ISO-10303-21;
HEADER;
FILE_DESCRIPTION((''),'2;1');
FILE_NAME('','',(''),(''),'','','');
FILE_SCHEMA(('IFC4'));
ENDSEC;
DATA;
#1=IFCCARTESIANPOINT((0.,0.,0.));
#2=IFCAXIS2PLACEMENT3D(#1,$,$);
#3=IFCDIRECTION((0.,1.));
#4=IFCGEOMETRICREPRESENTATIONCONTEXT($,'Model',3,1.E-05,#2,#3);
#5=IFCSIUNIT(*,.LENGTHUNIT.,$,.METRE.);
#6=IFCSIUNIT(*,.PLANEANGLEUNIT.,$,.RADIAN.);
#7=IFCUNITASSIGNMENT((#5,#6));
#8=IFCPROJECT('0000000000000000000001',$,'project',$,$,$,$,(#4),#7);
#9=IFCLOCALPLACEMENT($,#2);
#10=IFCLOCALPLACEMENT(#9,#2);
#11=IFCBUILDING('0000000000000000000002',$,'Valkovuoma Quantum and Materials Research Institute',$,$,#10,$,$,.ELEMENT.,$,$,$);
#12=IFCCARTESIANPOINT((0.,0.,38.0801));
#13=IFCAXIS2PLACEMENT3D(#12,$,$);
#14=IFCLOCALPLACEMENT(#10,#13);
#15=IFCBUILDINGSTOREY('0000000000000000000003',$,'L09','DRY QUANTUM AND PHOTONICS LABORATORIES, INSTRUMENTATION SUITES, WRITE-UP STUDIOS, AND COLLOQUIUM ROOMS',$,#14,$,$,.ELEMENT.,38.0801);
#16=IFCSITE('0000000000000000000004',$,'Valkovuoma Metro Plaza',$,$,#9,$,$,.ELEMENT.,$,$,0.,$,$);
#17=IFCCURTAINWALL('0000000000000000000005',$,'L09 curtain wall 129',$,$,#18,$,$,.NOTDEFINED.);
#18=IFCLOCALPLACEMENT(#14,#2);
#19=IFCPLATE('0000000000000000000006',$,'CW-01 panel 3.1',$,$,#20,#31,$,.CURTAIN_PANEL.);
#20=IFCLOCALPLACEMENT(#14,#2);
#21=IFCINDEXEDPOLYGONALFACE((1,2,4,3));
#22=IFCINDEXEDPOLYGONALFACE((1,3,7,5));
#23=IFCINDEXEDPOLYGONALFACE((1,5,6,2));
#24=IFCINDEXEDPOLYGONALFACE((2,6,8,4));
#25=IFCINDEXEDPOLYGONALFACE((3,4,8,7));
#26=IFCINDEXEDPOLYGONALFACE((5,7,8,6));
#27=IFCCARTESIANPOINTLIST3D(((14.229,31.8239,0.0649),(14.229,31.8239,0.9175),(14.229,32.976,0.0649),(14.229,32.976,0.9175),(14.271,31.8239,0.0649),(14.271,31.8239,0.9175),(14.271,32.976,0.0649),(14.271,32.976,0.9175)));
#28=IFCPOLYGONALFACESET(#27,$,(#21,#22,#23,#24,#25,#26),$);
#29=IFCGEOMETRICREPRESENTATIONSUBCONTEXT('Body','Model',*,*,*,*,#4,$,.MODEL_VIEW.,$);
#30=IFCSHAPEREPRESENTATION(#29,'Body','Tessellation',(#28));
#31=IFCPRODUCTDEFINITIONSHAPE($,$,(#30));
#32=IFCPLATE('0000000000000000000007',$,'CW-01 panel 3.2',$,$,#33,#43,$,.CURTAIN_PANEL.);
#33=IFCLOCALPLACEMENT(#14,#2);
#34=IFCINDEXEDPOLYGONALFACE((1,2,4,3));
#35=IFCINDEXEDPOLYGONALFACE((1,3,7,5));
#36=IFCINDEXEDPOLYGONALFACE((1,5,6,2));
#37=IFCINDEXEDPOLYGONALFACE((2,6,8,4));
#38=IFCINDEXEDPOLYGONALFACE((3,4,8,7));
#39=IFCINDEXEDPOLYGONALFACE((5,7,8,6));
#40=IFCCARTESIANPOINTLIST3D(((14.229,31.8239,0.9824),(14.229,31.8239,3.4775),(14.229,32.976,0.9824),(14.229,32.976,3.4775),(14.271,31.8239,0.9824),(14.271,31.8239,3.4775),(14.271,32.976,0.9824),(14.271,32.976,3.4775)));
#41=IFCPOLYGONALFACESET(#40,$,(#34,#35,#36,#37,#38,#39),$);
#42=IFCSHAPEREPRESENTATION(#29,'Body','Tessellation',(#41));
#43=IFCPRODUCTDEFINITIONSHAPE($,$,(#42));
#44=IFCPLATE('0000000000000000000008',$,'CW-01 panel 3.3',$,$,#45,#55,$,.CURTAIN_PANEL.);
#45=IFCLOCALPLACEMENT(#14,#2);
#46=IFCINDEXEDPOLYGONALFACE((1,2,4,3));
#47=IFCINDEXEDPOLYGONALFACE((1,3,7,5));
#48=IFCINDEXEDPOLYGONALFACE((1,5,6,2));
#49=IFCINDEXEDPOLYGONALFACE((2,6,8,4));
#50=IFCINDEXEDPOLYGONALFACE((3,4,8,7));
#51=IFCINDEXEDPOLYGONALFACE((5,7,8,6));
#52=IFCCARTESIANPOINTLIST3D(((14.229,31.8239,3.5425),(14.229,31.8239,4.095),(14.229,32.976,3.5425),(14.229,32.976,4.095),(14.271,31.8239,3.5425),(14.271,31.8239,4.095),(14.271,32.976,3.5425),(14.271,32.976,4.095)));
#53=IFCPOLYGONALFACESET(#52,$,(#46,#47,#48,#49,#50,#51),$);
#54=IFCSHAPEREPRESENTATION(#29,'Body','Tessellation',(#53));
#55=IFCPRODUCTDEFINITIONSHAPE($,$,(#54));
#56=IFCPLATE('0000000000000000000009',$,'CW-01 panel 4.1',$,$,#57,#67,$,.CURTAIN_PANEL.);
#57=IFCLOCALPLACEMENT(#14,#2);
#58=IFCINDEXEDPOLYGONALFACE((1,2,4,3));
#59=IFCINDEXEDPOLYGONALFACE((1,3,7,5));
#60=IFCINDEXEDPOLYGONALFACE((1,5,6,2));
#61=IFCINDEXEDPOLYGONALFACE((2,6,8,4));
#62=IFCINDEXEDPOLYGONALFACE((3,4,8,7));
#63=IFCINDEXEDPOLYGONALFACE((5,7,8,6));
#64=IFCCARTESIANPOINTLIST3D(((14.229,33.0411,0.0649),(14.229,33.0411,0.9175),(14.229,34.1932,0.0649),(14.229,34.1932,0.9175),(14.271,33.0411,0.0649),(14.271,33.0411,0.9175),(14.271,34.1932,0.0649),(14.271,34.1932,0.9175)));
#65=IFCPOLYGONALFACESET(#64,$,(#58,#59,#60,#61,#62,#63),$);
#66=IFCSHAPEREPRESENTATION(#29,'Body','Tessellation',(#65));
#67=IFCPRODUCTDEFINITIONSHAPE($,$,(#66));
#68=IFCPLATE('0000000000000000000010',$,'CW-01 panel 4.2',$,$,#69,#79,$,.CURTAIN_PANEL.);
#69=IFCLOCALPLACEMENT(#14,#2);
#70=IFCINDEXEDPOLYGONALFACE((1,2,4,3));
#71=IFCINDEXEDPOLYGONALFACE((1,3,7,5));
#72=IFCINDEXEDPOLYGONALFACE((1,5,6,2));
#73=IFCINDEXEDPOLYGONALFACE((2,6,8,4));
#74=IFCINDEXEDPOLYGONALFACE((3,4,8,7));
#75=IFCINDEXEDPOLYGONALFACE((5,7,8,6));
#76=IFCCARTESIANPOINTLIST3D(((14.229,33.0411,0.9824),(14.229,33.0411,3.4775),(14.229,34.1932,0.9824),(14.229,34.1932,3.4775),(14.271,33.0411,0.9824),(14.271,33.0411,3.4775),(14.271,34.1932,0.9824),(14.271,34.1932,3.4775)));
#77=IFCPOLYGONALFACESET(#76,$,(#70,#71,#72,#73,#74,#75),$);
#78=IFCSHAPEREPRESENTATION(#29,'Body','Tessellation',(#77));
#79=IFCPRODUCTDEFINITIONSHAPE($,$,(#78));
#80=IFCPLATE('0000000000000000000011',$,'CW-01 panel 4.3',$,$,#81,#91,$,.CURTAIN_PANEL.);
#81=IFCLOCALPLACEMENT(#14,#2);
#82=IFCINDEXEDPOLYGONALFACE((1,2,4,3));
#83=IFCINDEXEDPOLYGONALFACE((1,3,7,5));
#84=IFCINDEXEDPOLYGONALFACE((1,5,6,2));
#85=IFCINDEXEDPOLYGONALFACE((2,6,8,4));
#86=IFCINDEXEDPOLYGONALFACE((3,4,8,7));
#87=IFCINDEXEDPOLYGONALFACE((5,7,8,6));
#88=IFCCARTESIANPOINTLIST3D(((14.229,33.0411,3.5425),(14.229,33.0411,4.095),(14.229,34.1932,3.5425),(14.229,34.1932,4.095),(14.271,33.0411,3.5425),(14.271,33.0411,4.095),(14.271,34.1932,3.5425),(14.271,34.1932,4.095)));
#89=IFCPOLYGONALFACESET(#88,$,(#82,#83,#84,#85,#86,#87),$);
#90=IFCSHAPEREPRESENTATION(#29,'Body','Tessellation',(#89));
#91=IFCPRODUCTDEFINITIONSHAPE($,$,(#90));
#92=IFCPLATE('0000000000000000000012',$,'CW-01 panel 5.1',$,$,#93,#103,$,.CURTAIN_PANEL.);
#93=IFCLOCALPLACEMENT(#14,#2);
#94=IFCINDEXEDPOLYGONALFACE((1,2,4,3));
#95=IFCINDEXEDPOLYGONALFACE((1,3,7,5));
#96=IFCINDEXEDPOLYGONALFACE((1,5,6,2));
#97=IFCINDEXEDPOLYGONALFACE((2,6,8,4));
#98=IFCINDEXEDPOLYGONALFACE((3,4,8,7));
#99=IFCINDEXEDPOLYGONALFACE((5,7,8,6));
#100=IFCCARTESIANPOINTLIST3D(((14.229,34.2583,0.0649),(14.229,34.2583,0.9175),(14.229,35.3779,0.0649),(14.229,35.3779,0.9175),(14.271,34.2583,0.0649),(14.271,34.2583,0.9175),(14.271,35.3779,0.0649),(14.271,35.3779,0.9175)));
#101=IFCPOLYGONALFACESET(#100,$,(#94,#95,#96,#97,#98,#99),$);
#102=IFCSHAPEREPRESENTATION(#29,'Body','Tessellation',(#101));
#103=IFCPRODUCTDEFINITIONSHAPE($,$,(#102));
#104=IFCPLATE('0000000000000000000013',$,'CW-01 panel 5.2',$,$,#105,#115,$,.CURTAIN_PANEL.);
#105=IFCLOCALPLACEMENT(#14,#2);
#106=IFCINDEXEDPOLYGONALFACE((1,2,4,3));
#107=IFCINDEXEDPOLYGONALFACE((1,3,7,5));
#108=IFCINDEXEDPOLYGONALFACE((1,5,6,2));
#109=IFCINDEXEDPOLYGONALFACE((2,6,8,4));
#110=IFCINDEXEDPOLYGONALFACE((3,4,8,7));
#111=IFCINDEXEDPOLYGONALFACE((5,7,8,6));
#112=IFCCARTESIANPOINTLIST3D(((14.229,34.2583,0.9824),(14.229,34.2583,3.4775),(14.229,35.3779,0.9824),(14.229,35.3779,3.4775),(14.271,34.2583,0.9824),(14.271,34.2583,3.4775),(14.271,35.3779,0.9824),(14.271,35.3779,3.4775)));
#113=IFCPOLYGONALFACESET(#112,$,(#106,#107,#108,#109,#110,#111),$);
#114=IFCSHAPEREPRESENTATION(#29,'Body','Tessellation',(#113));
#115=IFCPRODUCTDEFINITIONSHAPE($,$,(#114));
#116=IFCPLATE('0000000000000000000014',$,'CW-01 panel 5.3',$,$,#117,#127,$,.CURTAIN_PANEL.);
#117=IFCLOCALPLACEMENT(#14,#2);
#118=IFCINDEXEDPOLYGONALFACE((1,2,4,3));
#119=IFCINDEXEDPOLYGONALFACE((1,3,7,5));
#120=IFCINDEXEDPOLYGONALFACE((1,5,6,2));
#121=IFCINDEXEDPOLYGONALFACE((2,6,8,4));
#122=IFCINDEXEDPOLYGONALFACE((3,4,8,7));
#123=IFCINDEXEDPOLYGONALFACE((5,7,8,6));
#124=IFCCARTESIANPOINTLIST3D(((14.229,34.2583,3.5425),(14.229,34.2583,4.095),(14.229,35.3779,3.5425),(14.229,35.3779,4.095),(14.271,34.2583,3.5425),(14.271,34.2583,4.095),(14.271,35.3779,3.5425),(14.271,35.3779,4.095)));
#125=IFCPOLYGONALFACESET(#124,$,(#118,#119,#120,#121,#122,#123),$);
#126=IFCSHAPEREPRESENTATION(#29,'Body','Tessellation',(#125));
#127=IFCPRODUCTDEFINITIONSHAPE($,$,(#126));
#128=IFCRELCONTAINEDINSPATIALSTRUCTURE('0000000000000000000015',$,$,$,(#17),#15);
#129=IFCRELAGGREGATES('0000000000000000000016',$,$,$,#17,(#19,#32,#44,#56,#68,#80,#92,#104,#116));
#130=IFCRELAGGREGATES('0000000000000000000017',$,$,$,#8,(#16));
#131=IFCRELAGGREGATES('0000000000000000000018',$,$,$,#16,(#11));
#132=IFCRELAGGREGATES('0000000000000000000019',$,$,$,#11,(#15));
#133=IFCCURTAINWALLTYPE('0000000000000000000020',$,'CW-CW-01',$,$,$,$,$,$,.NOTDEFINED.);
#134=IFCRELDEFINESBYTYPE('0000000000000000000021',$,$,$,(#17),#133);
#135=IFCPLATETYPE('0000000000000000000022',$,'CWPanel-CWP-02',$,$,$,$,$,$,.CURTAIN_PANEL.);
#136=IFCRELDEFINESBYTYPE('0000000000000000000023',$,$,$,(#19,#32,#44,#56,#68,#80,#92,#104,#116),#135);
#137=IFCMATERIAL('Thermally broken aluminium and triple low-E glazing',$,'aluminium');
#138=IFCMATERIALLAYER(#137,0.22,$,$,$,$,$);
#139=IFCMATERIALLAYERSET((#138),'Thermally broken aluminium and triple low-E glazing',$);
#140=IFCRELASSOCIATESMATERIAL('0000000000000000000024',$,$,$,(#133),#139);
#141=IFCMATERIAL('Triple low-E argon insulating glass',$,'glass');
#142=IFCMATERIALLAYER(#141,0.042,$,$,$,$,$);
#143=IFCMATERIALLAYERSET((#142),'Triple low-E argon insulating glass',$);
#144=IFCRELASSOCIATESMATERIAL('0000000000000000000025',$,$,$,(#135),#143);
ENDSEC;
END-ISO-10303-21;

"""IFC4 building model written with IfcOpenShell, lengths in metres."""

from ifc_helpers import new_model, si_unit, direction, frame, origin, origin_2d, place, context, subcontext, project, spatial, rectangle, extrude, material, layer, layer_set, type_object, element, aggregate, save


model = new_model("IFC4")

# Units and contexts
model_context = context("Model", 3, precision=1e-05, world=origin(), true_north=direction((0.0, 1.0)))
body_context = subcontext(model_context, "Body", "Model", "MODEL_VIEW")
ifc_project = project(units=[si_unit("LENGTHUNIT", "METRE"), si_unit("PLANEANGLEUNIT", "RADIAN")], contexts=[model_context])

# Site, building, storey
site_placement = place(None, origin())
site = spatial("IfcSite", under=ifc_project, at=site_placement, Name="Valkovuoma Metro Plaza", CompositionType="ELEMENT", RefElevation=0.0)
building_placement = place(site_placement, origin())
building = spatial("IfcBuilding", under=site, at=building_placement, Name="Valkovuoma Quantum and Materials Research Institute", CompositionType="ELEMENT")
storey_placement = place(building_placement, frame((0.0, 0.0, 38.0801)))
storey = spatial("IfcBuildingStorey", under=building, at=storey_placement, Name="L09", Description="DRY QUANTUM AND PHOTONICS LABORATORIES, INSTRUMENTATION SUITES, WRITE-UP STUDIOS, AND COLLOQUIUM ROOMS", CompositionType="ELEMENT", Elevation=38.0801)

# Curtain wall
ifc_material_1 = material(Name="Thermally broken aluminium and triple low-E glazing", Category="aluminium")
ifc_layer_1 = layer(ifc_material_1, 0.22)
ifc_layer_set_1 = layer_set([ifc_layer_1], Name="Thermally broken aluminium and triple low-E glazing")
curtain_wall_type = type_object("IfcCurtainWallType", Name="CW-CW-01", PredefinedType="NOTDEFINED", material=ifc_layer_set_1)
curtain_wall_1_placement = place(storey_placement, origin())
curtain_wall_1 = element("IfcCurtainWall", 1, at=curtain_wall_1_placement, inside=storey, type_object=curtain_wall_type, Name="L09 curtain wall 129", PredefinedType="NOTDEFINED")

# Plates
ifc_material_2 = material(Name="Triple low-E argon insulating glass", Category="glass")
ifc_layer_2 = layer(ifc_material_2, 0.042)
ifc_layer_set_2 = layer_set([ifc_layer_2], Name="Triple low-E argon insulating glass")
plate_type = type_object("IfcPlateType", Name="CWPanel-CWP-02", PredefinedType="CURTAIN_PANEL", material=ifc_layer_set_2)
plate_1_placement = place(storey_placement, frame((14.25, 32.3999, 0.0649), z_axis=(0.0, 0.0, 1.0), x_axis=(0.0, 1.0, 0.0)))
plate_1 = element("IfcPlate", 2, at=plate_1_placement, type_object=plate_type, Name="CW-01 panel 3.1", PredefinedType="CURTAIN_PANEL", context=body_context, shape_type="SweptSolid", body=[
    extrude(rectangle(XDim=1.1521, YDim=0.042, at=origin_2d()), origin(), (0.0, 0.0, 1.0), 0.8525),
])
plate_2_placement = place(storey_placement, frame((14.25, 32.3999, 0.9824), z_axis=(0.0, 0.0, 1.0), x_axis=(0.0, 1.0, 0.0)))
plate_2 = element("IfcPlate", 3, at=plate_2_placement, type_object=plate_type, Name="CW-01 panel 3.2", PredefinedType="CURTAIN_PANEL", context=body_context, shape_type="SweptSolid", body=[
    extrude(rectangle(XDim=1.1521, YDim=0.042, at=origin_2d()), origin(), (0.0, 0.0, 1.0), 2.4951),
])
plate_3_placement = place(storey_placement, frame((14.25, 32.3999, 3.5425), z_axis=(0.0, 0.0, 1.0), x_axis=(0.0, 1.0, 0.0)))
plate_3 = element("IfcPlate", 4, at=plate_3_placement, type_object=plate_type, Name="CW-01 panel 3.3", PredefinedType="CURTAIN_PANEL", context=body_context, shape_type="SweptSolid", body=[
    extrude(rectangle(XDim=1.1521, YDim=0.042, at=origin_2d()), origin(), (0.0, 0.0, 1.0), 0.5525),
])
plate_4_placement = place(storey_placement, frame((14.25, 33.6172, 0.0649), z_axis=(0.0, 0.0, 1.0), x_axis=(0.0, 1.0, 0.0)))
plate_4 = element("IfcPlate", 5, at=plate_4_placement, type_object=plate_type, Name="CW-01 panel 4.1", PredefinedType="CURTAIN_PANEL", context=body_context, shape_type="SweptSolid", body=[
    extrude(rectangle(XDim=1.1521, YDim=0.042, at=origin_2d()), origin(), (0.0, 0.0, 1.0), 0.8525),
])
plate_5_placement = place(storey_placement, frame((14.25, 33.6172, 0.9824), z_axis=(0.0, 0.0, 1.0), x_axis=(0.0, 1.0, 0.0)))
plate_5 = element("IfcPlate", 6, at=plate_5_placement, type_object=plate_type, Name="CW-01 panel 4.2", PredefinedType="CURTAIN_PANEL", context=body_context, shape_type="SweptSolid", body=[
    extrude(rectangle(XDim=1.1521, YDim=0.042, at=origin_2d()), origin(), (0.0, 0.0, 1.0), 2.4951),
])
plate_6_placement = place(storey_placement, frame((14.25, 33.6172, 3.5425), z_axis=(0.0, 0.0, 1.0), x_axis=(0.0, 1.0, 0.0)))
plate_6 = element("IfcPlate", 7, at=plate_6_placement, type_object=plate_type, Name="CW-01 panel 4.3", PredefinedType="CURTAIN_PANEL", context=body_context, shape_type="SweptSolid", body=[
    extrude(rectangle(XDim=1.1521, YDim=0.042, at=origin_2d()), origin(), (0.0, 0.0, 1.0), 0.5525),
])
plate_7_placement = place(storey_placement, frame((14.25, 34.8181, 0.0649), z_axis=(0.0, 0.0, 1.0), x_axis=(0.0, 1.0, 0.0)))
plate_7 = element("IfcPlate", 8, at=plate_7_placement, type_object=plate_type, Name="CW-01 panel 5.1", PredefinedType="CURTAIN_PANEL", context=body_context, shape_type="SweptSolid", body=[
    extrude(rectangle(XDim=1.1196, YDim=0.042, at=origin_2d()), origin(), (0.0, 0.0, 1.0), 0.8525),
])
plate_8_placement = place(storey_placement, frame((14.25, 34.8181, 0.9824), z_axis=(0.0, 0.0, 1.0), x_axis=(0.0, 1.0, 0.0)))
plate_8 = element("IfcPlate", 9, at=plate_8_placement, type_object=plate_type, Name="CW-01 panel 5.2", PredefinedType="CURTAIN_PANEL", context=body_context, shape_type="SweptSolid", body=[
    extrude(rectangle(XDim=1.1196, YDim=0.042, at=origin_2d()), origin(), (0.0, 0.0, 1.0), 2.4951),
])
plate_9_placement = place(storey_placement, frame((14.25, 34.8181, 3.5425), z_axis=(0.0, 0.0, 1.0), x_axis=(0.0, 1.0, 0.0)))
plate_9 = element("IfcPlate", 10, at=plate_9_placement, type_object=plate_type, Name="CW-01 panel 5.3", PredefinedType="CURTAIN_PANEL", context=body_context, shape_type="SweptSolid", body=[
    extrude(rectangle(XDim=1.1196, YDim=0.042, at=origin_2d()), origin(), (0.0, 0.0, 1.0), 0.5525),
])
aggregate(curtain_wall_1, [plate_1, plate_2, plate_3, plate_4, plate_5, plate_6, plate_7, plate_8, plate_9])

save(model, "model.ifc")
